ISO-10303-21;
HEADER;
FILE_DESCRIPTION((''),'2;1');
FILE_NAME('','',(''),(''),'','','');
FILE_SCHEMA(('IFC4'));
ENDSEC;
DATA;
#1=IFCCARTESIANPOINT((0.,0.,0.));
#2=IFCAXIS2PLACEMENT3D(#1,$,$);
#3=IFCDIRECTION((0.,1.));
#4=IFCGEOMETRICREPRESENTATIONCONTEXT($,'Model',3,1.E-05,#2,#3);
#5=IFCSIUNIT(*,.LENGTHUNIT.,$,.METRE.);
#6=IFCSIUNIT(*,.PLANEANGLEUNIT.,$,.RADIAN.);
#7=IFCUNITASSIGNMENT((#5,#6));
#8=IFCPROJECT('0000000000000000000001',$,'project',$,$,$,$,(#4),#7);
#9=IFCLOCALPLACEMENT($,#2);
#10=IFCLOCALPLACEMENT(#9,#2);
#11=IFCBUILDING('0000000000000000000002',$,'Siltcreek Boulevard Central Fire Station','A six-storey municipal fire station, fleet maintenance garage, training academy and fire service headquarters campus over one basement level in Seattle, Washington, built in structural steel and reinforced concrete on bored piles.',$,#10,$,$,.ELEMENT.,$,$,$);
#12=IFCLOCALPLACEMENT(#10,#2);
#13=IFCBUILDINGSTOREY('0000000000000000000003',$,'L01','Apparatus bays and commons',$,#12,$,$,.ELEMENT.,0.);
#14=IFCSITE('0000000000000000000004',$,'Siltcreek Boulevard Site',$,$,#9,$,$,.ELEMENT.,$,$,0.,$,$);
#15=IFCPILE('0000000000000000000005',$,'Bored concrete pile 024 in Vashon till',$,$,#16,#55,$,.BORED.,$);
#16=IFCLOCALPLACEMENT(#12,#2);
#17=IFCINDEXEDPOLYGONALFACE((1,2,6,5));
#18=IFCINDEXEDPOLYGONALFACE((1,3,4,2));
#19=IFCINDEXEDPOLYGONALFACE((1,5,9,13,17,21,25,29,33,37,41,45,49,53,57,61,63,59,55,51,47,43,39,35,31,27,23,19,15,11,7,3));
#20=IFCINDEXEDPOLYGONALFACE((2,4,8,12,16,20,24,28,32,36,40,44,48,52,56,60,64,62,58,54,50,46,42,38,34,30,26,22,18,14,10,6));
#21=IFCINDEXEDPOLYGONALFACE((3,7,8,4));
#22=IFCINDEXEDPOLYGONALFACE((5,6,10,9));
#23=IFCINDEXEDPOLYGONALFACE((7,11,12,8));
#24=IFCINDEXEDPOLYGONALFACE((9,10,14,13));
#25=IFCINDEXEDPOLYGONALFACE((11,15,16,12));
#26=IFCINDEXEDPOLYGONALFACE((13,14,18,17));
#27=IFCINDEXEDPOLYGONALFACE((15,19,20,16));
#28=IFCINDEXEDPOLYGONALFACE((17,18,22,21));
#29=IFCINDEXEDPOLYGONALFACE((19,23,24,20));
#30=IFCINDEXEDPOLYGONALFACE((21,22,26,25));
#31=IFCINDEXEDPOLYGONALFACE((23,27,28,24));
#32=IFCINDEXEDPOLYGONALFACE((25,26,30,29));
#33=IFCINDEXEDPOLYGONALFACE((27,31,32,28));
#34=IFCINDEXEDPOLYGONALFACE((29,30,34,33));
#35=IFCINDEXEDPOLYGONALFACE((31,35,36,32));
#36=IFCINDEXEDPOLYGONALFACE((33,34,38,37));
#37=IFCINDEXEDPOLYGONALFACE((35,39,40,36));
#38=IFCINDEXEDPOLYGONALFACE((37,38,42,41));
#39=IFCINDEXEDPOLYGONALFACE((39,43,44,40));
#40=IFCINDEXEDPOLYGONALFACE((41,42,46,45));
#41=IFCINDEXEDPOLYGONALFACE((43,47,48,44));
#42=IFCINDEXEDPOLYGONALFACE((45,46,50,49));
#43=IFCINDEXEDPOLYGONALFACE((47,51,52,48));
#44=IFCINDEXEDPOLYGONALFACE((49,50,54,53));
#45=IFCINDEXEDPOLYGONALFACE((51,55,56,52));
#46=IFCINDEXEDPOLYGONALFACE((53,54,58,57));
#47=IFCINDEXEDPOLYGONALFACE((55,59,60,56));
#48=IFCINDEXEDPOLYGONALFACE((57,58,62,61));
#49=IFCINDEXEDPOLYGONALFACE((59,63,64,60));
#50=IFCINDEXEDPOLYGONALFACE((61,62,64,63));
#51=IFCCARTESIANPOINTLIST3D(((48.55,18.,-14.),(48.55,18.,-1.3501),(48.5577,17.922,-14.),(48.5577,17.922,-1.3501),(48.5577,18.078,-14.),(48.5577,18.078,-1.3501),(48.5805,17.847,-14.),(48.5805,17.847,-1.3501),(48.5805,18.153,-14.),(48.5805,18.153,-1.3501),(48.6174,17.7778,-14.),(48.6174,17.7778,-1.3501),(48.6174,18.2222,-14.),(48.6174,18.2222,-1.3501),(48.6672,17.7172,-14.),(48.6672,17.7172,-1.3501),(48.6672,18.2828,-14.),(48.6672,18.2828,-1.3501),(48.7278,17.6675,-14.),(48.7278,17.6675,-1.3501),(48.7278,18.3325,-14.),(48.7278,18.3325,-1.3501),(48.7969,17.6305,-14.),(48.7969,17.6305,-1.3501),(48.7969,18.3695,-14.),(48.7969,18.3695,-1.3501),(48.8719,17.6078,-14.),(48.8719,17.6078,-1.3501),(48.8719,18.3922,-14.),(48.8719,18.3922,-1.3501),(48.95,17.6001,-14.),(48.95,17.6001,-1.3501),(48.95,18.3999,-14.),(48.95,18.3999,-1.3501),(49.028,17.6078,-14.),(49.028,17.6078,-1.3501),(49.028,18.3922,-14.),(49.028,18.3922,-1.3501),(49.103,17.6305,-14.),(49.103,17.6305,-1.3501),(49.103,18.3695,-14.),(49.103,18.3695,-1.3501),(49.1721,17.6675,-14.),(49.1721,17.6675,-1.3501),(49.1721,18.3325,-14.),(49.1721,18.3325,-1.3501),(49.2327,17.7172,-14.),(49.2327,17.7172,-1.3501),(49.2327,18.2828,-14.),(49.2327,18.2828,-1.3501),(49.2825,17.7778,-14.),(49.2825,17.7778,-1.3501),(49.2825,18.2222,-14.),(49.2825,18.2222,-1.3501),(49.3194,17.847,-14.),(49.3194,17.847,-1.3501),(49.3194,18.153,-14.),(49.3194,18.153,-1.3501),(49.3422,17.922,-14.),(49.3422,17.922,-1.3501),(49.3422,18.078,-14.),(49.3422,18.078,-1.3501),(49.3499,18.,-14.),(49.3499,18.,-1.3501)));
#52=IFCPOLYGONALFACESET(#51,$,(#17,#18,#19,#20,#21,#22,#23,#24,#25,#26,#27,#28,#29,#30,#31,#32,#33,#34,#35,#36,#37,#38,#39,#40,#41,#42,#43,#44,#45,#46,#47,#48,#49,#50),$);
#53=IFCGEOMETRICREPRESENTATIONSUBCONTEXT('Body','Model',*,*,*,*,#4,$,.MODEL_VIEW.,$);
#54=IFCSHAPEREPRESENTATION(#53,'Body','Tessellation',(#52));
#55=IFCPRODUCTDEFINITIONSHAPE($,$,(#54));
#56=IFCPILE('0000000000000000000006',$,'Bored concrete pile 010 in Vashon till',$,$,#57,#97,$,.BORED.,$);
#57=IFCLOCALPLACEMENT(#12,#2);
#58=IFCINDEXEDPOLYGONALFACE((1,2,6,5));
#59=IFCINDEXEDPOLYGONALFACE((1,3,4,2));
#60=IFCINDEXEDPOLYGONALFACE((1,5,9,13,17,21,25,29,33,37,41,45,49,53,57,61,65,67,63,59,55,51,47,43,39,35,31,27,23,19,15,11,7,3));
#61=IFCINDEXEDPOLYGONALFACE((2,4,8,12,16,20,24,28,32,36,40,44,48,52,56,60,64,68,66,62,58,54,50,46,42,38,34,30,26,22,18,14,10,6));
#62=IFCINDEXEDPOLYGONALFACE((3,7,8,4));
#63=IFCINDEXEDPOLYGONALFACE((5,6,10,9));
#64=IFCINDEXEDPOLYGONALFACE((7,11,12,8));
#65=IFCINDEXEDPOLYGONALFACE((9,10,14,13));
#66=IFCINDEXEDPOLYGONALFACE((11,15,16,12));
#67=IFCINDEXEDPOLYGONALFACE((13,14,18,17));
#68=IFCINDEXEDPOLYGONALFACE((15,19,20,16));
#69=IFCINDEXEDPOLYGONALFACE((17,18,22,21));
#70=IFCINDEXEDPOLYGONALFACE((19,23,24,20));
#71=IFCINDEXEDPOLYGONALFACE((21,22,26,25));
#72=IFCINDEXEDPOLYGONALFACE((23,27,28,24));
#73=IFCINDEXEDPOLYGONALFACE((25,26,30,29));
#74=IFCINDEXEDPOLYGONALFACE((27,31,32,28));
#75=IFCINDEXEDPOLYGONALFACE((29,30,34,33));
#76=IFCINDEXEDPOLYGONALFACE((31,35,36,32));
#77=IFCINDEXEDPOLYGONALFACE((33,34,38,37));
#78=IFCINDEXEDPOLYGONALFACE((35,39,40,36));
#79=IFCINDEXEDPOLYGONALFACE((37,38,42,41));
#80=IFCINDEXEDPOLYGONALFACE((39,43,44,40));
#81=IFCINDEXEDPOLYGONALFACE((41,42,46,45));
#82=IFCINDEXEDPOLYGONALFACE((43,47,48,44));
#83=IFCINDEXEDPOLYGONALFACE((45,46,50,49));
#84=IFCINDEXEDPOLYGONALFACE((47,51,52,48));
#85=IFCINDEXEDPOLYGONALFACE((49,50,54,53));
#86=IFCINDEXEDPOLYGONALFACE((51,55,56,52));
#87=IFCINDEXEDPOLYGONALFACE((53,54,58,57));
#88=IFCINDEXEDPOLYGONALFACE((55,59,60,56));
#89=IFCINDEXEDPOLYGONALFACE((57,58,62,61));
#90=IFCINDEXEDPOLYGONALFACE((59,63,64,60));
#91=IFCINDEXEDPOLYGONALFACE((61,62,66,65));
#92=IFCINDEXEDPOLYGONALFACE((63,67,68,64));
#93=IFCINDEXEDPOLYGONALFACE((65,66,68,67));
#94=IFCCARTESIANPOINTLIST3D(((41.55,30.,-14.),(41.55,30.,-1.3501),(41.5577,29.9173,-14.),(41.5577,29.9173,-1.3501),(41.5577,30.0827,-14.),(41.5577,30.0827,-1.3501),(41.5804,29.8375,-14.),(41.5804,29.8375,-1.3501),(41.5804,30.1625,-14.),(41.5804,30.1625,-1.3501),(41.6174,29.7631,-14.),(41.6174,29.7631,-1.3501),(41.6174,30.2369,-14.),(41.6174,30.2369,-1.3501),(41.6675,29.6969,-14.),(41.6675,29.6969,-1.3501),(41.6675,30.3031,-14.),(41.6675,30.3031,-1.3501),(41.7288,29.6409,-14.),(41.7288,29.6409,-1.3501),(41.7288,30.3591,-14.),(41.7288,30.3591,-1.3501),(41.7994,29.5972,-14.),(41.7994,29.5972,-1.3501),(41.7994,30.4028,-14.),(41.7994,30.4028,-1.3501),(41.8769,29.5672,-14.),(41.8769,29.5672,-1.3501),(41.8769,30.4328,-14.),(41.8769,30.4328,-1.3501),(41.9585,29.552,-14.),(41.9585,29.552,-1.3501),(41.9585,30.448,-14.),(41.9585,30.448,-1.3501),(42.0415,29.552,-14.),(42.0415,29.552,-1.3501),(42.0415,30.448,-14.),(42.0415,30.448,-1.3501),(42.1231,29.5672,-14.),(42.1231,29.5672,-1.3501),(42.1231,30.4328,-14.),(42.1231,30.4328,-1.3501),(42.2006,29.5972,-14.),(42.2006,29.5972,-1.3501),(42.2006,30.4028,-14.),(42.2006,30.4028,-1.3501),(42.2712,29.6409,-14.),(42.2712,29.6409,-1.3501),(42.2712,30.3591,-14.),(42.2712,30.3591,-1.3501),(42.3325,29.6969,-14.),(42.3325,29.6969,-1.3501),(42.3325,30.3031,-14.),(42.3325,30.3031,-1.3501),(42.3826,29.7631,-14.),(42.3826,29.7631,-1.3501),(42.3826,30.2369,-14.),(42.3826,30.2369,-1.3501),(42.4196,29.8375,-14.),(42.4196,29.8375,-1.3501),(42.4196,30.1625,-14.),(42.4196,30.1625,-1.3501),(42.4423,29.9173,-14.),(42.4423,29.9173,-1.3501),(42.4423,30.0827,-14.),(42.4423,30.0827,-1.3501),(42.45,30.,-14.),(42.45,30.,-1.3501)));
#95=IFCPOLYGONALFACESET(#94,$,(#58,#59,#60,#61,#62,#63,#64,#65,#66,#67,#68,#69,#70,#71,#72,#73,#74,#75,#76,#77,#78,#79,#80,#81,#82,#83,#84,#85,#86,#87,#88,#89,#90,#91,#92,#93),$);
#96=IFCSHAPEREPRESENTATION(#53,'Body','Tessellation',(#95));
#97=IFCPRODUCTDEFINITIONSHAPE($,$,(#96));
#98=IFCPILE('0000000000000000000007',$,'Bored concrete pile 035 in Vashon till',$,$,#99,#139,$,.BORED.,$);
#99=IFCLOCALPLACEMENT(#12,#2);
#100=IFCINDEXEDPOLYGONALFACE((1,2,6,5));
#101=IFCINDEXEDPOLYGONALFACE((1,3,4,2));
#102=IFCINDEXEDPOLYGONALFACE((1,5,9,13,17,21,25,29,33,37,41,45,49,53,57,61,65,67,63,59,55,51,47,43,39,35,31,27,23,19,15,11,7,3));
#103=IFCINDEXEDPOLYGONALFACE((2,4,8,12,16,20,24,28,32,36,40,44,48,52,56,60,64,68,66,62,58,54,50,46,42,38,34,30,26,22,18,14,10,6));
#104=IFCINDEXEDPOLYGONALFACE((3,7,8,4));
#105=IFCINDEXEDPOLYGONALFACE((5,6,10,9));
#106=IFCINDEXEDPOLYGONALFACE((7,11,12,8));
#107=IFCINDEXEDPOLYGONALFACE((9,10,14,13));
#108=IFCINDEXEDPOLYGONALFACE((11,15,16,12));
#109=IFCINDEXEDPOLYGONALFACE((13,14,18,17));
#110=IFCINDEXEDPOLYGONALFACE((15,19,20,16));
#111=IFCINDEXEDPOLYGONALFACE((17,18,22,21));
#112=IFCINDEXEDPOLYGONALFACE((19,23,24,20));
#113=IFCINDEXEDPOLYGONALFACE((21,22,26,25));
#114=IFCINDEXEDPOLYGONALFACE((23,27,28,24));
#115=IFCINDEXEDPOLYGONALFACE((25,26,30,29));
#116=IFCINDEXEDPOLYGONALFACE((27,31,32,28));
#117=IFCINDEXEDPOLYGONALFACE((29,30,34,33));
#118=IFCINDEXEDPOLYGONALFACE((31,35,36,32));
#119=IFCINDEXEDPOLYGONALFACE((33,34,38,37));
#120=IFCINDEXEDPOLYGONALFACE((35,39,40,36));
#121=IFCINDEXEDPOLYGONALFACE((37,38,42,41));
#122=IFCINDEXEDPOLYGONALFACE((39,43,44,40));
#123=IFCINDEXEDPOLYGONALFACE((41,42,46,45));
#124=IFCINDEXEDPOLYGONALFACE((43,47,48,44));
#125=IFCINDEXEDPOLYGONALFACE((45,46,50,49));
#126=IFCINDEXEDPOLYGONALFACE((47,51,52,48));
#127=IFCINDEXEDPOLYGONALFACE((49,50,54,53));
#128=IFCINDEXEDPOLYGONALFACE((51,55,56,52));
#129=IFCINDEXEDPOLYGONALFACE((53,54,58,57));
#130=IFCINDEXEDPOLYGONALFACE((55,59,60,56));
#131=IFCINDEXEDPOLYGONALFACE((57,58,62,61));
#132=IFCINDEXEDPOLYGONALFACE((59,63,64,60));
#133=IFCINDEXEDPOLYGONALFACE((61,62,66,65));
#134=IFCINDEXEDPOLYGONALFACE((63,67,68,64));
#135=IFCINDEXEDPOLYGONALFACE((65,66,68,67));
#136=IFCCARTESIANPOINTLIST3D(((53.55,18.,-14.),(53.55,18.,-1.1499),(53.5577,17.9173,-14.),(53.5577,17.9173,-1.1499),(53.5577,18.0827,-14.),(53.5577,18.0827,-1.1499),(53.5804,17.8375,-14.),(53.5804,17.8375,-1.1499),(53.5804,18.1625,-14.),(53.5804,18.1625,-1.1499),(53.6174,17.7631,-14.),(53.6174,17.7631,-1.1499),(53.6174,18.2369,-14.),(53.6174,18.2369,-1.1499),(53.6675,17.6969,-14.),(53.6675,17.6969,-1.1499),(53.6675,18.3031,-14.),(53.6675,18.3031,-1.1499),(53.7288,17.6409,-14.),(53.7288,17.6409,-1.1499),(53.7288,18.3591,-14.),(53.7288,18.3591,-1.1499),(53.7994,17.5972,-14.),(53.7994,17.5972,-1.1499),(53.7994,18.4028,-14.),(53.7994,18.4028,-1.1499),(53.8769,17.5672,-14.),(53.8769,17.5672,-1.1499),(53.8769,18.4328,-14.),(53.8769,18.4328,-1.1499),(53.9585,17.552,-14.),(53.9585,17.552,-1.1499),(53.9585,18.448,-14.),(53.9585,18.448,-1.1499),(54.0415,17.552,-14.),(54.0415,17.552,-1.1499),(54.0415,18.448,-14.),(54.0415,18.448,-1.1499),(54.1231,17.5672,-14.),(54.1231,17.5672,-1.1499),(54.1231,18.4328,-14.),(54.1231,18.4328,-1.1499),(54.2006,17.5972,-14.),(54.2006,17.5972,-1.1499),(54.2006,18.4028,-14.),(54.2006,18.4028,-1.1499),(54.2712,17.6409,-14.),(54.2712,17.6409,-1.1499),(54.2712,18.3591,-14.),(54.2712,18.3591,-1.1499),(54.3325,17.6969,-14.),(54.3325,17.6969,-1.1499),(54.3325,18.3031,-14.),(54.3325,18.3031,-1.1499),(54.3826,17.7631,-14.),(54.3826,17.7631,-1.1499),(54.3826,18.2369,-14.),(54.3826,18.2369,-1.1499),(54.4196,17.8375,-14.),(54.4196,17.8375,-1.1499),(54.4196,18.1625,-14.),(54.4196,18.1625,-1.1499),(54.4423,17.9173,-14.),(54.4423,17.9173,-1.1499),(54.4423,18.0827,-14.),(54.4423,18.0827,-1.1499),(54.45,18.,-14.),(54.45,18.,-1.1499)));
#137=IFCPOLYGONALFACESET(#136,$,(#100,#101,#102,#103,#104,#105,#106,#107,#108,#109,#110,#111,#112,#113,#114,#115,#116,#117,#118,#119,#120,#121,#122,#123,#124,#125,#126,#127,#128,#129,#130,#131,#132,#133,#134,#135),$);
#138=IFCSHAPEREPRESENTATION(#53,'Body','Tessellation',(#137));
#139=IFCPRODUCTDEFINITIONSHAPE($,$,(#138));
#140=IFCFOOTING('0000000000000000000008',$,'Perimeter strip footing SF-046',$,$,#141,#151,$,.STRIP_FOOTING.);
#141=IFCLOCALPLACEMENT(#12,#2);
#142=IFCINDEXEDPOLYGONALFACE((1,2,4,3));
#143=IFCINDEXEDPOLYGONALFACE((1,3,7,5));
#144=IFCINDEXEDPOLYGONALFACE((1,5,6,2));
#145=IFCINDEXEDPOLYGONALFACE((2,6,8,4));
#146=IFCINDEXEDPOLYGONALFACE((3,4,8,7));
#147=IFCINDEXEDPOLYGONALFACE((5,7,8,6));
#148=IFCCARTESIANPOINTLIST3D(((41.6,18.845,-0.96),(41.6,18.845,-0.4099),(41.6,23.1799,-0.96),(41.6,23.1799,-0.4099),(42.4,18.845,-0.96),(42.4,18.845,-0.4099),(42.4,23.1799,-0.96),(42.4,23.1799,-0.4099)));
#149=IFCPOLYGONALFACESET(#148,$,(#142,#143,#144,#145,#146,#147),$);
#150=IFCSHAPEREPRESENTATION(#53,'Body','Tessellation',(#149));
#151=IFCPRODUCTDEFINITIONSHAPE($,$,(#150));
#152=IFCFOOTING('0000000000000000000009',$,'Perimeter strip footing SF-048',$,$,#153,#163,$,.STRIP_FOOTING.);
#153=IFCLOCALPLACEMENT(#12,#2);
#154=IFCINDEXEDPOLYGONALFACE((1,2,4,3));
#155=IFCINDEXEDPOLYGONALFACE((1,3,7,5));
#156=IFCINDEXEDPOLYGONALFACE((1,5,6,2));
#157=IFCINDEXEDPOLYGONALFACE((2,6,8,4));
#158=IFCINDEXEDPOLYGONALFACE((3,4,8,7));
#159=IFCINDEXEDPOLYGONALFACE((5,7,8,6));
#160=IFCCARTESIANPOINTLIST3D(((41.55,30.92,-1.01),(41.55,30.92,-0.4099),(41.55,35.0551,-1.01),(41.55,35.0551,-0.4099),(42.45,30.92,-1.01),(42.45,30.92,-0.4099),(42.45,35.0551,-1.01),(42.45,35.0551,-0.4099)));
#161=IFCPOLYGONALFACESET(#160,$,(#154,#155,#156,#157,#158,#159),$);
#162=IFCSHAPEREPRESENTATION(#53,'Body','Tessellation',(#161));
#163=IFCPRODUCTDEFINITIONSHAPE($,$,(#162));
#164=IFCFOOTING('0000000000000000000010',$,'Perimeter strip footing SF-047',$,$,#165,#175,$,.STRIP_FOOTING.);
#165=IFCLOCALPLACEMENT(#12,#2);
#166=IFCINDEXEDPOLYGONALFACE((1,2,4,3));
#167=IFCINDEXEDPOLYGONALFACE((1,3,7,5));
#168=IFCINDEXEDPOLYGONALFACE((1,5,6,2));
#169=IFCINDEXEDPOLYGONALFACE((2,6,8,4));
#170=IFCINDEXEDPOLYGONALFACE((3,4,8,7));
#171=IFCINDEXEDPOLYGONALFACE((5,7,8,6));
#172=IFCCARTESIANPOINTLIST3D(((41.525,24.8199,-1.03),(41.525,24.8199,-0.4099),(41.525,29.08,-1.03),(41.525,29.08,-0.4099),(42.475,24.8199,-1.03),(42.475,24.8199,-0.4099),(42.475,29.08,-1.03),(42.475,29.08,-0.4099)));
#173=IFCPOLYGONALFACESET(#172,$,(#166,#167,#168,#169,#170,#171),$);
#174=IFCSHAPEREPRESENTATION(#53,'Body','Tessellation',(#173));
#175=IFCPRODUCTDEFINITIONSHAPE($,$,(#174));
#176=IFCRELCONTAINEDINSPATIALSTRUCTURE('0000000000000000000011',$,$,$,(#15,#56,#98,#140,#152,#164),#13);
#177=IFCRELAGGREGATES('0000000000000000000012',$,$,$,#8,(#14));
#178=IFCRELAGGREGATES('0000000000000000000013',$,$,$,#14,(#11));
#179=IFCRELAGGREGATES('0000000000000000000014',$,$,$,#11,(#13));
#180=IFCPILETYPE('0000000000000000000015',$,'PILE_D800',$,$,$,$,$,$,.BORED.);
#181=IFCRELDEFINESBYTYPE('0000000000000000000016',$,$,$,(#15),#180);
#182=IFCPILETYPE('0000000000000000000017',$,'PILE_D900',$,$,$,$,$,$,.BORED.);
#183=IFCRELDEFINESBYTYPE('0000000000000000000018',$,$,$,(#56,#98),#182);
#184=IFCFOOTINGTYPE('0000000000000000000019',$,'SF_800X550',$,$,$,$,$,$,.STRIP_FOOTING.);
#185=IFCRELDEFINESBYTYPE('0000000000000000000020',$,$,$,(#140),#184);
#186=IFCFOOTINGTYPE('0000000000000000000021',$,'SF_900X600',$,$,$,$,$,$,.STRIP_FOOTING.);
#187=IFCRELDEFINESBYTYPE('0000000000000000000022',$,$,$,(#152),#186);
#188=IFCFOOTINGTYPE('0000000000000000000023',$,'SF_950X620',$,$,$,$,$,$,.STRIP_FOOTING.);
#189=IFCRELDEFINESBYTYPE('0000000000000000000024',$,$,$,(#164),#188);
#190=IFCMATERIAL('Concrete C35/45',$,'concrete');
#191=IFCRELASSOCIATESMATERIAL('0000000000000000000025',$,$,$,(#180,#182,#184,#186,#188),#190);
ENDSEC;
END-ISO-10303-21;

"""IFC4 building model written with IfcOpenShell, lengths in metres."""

from ifc_helpers import new_model, si_unit, direction, frame, origin, origin_2d, place, context, subcontext, project, spatial, rectangle, circle, extrude, material, material_profile, profile_set, type_object, element, save


model = new_model("IFC4")

# Units and contexts
model_context = context("Model", 3, precision=1e-05, world=origin(), true_north=direction((0.0, 1.0)))
body_context = subcontext(model_context, "Body", "Model", "MODEL_VIEW")
ifc_project = project(units=[si_unit("LENGTHUNIT", "METRE"), si_unit("PLANEANGLEUNIT", "RADIAN")], contexts=[model_context])

# Site, building, storey
site_placement = place(None, origin())
site = spatial("IfcSite", under=ifc_project, at=site_placement, Name="Siltcreek Boulevard Site", CompositionType="ELEMENT", RefElevation=0.0)
building_placement = place(site_placement, origin())
building = spatial("IfcBuilding", under=site, at=building_placement, Name="Siltcreek Boulevard Central Fire Station", Description="A six-storey municipal fire station, fleet maintenance garage, training academy and fire service headquarters campus over one basement level in Seattle, Washington, built in structural steel and reinforced concrete on bored piles.", CompositionType="ELEMENT")
storey_placement = place(building_placement, origin())
storey = spatial("IfcBuildingStorey", under=building, at=storey_placement, Name="L01", Description="Apparatus bays and commons", CompositionType="ELEMENT", Elevation=0.0)

# Shared definitions
ifc_material_1 = material(Name="Concrete C35/45", Category="concrete")

# Piles
ifc_material_profile_1 = material_profile(ifc_material_1, circle(Radius=0.3999, at=origin_2d()), Name="SHAFT800")
ifc_profile_set_1 = profile_set([ifc_material_profile_1], Name="Concrete C35/45")
pile_type_1 = type_object("IfcPileType", Name="PILE_D800", PredefinedType="BORED", material=ifc_profile_set_1)
for number, where, z_axis, x_axis, name in (
    (1, (48.95, 18.0, -1.3501), (0.0, 0.0, -1.0), (1.0, 0.0, 0.0), "Bored concrete pile 024 in Vashon till"),
):
    element("IfcPile", number, at=place(storey_placement, frame(where, z_axis=z_axis, x_axis=x_axis)), inside=storey, type_object=pile_type_1, Name=name, PredefinedType="BORED", context=body_context, shape_type="SweptSolid", body=[
        extrude(circle(Radius=0.3999, at=origin_2d()), origin(), (0.0, 0.0, 1.0), 12.6499),
    ])
ifc_material_profile_2 = material_profile(ifc_material_1, circle(Radius=0.45, at=origin_2d()), Name="SHAFT900")
ifc_profile_set_2 = profile_set([ifc_material_profile_2], Name="Concrete C35/45")
pile_type_2 = type_object("IfcPileType", Name="PILE_D900", PredefinedType="BORED", material=ifc_profile_set_2)
pile_1_placement = place(storey_placement, frame((42.0, 30.0, -1.3501), z_axis=(0.0, 0.0, -1.0), x_axis=(1.0, 0.0, 0.0)))
element("IfcPile", 2, at=pile_1_placement, inside=storey, type_object=pile_type_2, Name="Bored concrete pile 010 in Vashon till", PredefinedType="BORED", context=body_context, shape_type="SweptSolid", body=[
    extrude(circle(Radius=0.45, at=origin_2d()), origin(), (0.0, 0.0, 1.0), 12.6499),
])
pile_2_placement = place(storey_placement, frame((54.0, 18.0, -1.1499), z_axis=(0.0, 0.0, -1.0), x_axis=(1.0, 0.0, 0.0)))
element("IfcPile", 3, at=pile_2_placement, inside=storey, type_object=pile_type_2, Name="Bored concrete pile 035 in Vashon till", PredefinedType="BORED", context=body_context, shape_type="SweptSolid", body=[
    extrude(circle(Radius=0.45, at=origin_2d()), origin(), (0.0, 0.0, 1.0), 12.8501),
])

# Footings
footing_type_1 = type_object("IfcFootingType", Name="SF_800X550", PredefinedType="STRIP_FOOTING", material=ifc_material_1)
footing_1_placement = place(storey_placement, frame((42.0, 21.0125, -0.96), z_axis=(0.0, 0.0, 1.0), x_axis=(1.0, 0.0, 0.0)))
element("IfcFooting", 4, at=footing_1_placement, inside=storey, type_object=footing_type_1, Name="Perimeter strip footing SF-046", PredefinedType="STRIP_FOOTING", context=body_context, shape_type="SweptSolid", body=[
    extrude(rectangle(XDim=0.8, YDim=4.335, at=origin_2d()), origin(), (0.0, 0.0, 1.0), 0.55),
])
footing_type_2 = type_object("IfcFootingType", Name="SF_900X600", PredefinedType="STRIP_FOOTING", material=ifc_material_1)
footing_2_placement = place(storey_placement, frame((42.0, 32.9875, -1.01), z_axis=(0.0, 0.0, 1.0), x_axis=(1.0, 0.0, 0.0)))
element("IfcFooting", 5, at=footing_2_placement, inside=storey, type_object=footing_type_2, Name="Perimeter strip footing SF-048", PredefinedType="STRIP_FOOTING", context=body_context, shape_type="SweptSolid", body=[
    extrude(rectangle(XDim=0.8999, YDim=4.135, at=origin_2d()), origin(), (0.0, 0.0, 1.0), 0.6001),
])
footing_type_3 = type_object("IfcFootingType", Name="SF_950X620", PredefinedType="STRIP_FOOTING", material=ifc_material_1)
footing_3_placement = place(storey_placement, frame((42.0, 26.95, -1.03), z_axis=(0.0, 0.0, 1.0), x_axis=(1.0, 0.0, 0.0)))
element("IfcFooting", 6, at=footing_3_placement, inside=storey, type_object=footing_type_3, Name="Perimeter strip footing SF-047", PredefinedType="STRIP_FOOTING", context=body_context, shape_type="SweptSolid", body=[
    extrude(rectangle(XDim=0.95, YDim=4.26, at=origin_2d()), origin(), (0.0, 0.0, 1.0), 0.6201),
])

save(model, "model.ifc")
